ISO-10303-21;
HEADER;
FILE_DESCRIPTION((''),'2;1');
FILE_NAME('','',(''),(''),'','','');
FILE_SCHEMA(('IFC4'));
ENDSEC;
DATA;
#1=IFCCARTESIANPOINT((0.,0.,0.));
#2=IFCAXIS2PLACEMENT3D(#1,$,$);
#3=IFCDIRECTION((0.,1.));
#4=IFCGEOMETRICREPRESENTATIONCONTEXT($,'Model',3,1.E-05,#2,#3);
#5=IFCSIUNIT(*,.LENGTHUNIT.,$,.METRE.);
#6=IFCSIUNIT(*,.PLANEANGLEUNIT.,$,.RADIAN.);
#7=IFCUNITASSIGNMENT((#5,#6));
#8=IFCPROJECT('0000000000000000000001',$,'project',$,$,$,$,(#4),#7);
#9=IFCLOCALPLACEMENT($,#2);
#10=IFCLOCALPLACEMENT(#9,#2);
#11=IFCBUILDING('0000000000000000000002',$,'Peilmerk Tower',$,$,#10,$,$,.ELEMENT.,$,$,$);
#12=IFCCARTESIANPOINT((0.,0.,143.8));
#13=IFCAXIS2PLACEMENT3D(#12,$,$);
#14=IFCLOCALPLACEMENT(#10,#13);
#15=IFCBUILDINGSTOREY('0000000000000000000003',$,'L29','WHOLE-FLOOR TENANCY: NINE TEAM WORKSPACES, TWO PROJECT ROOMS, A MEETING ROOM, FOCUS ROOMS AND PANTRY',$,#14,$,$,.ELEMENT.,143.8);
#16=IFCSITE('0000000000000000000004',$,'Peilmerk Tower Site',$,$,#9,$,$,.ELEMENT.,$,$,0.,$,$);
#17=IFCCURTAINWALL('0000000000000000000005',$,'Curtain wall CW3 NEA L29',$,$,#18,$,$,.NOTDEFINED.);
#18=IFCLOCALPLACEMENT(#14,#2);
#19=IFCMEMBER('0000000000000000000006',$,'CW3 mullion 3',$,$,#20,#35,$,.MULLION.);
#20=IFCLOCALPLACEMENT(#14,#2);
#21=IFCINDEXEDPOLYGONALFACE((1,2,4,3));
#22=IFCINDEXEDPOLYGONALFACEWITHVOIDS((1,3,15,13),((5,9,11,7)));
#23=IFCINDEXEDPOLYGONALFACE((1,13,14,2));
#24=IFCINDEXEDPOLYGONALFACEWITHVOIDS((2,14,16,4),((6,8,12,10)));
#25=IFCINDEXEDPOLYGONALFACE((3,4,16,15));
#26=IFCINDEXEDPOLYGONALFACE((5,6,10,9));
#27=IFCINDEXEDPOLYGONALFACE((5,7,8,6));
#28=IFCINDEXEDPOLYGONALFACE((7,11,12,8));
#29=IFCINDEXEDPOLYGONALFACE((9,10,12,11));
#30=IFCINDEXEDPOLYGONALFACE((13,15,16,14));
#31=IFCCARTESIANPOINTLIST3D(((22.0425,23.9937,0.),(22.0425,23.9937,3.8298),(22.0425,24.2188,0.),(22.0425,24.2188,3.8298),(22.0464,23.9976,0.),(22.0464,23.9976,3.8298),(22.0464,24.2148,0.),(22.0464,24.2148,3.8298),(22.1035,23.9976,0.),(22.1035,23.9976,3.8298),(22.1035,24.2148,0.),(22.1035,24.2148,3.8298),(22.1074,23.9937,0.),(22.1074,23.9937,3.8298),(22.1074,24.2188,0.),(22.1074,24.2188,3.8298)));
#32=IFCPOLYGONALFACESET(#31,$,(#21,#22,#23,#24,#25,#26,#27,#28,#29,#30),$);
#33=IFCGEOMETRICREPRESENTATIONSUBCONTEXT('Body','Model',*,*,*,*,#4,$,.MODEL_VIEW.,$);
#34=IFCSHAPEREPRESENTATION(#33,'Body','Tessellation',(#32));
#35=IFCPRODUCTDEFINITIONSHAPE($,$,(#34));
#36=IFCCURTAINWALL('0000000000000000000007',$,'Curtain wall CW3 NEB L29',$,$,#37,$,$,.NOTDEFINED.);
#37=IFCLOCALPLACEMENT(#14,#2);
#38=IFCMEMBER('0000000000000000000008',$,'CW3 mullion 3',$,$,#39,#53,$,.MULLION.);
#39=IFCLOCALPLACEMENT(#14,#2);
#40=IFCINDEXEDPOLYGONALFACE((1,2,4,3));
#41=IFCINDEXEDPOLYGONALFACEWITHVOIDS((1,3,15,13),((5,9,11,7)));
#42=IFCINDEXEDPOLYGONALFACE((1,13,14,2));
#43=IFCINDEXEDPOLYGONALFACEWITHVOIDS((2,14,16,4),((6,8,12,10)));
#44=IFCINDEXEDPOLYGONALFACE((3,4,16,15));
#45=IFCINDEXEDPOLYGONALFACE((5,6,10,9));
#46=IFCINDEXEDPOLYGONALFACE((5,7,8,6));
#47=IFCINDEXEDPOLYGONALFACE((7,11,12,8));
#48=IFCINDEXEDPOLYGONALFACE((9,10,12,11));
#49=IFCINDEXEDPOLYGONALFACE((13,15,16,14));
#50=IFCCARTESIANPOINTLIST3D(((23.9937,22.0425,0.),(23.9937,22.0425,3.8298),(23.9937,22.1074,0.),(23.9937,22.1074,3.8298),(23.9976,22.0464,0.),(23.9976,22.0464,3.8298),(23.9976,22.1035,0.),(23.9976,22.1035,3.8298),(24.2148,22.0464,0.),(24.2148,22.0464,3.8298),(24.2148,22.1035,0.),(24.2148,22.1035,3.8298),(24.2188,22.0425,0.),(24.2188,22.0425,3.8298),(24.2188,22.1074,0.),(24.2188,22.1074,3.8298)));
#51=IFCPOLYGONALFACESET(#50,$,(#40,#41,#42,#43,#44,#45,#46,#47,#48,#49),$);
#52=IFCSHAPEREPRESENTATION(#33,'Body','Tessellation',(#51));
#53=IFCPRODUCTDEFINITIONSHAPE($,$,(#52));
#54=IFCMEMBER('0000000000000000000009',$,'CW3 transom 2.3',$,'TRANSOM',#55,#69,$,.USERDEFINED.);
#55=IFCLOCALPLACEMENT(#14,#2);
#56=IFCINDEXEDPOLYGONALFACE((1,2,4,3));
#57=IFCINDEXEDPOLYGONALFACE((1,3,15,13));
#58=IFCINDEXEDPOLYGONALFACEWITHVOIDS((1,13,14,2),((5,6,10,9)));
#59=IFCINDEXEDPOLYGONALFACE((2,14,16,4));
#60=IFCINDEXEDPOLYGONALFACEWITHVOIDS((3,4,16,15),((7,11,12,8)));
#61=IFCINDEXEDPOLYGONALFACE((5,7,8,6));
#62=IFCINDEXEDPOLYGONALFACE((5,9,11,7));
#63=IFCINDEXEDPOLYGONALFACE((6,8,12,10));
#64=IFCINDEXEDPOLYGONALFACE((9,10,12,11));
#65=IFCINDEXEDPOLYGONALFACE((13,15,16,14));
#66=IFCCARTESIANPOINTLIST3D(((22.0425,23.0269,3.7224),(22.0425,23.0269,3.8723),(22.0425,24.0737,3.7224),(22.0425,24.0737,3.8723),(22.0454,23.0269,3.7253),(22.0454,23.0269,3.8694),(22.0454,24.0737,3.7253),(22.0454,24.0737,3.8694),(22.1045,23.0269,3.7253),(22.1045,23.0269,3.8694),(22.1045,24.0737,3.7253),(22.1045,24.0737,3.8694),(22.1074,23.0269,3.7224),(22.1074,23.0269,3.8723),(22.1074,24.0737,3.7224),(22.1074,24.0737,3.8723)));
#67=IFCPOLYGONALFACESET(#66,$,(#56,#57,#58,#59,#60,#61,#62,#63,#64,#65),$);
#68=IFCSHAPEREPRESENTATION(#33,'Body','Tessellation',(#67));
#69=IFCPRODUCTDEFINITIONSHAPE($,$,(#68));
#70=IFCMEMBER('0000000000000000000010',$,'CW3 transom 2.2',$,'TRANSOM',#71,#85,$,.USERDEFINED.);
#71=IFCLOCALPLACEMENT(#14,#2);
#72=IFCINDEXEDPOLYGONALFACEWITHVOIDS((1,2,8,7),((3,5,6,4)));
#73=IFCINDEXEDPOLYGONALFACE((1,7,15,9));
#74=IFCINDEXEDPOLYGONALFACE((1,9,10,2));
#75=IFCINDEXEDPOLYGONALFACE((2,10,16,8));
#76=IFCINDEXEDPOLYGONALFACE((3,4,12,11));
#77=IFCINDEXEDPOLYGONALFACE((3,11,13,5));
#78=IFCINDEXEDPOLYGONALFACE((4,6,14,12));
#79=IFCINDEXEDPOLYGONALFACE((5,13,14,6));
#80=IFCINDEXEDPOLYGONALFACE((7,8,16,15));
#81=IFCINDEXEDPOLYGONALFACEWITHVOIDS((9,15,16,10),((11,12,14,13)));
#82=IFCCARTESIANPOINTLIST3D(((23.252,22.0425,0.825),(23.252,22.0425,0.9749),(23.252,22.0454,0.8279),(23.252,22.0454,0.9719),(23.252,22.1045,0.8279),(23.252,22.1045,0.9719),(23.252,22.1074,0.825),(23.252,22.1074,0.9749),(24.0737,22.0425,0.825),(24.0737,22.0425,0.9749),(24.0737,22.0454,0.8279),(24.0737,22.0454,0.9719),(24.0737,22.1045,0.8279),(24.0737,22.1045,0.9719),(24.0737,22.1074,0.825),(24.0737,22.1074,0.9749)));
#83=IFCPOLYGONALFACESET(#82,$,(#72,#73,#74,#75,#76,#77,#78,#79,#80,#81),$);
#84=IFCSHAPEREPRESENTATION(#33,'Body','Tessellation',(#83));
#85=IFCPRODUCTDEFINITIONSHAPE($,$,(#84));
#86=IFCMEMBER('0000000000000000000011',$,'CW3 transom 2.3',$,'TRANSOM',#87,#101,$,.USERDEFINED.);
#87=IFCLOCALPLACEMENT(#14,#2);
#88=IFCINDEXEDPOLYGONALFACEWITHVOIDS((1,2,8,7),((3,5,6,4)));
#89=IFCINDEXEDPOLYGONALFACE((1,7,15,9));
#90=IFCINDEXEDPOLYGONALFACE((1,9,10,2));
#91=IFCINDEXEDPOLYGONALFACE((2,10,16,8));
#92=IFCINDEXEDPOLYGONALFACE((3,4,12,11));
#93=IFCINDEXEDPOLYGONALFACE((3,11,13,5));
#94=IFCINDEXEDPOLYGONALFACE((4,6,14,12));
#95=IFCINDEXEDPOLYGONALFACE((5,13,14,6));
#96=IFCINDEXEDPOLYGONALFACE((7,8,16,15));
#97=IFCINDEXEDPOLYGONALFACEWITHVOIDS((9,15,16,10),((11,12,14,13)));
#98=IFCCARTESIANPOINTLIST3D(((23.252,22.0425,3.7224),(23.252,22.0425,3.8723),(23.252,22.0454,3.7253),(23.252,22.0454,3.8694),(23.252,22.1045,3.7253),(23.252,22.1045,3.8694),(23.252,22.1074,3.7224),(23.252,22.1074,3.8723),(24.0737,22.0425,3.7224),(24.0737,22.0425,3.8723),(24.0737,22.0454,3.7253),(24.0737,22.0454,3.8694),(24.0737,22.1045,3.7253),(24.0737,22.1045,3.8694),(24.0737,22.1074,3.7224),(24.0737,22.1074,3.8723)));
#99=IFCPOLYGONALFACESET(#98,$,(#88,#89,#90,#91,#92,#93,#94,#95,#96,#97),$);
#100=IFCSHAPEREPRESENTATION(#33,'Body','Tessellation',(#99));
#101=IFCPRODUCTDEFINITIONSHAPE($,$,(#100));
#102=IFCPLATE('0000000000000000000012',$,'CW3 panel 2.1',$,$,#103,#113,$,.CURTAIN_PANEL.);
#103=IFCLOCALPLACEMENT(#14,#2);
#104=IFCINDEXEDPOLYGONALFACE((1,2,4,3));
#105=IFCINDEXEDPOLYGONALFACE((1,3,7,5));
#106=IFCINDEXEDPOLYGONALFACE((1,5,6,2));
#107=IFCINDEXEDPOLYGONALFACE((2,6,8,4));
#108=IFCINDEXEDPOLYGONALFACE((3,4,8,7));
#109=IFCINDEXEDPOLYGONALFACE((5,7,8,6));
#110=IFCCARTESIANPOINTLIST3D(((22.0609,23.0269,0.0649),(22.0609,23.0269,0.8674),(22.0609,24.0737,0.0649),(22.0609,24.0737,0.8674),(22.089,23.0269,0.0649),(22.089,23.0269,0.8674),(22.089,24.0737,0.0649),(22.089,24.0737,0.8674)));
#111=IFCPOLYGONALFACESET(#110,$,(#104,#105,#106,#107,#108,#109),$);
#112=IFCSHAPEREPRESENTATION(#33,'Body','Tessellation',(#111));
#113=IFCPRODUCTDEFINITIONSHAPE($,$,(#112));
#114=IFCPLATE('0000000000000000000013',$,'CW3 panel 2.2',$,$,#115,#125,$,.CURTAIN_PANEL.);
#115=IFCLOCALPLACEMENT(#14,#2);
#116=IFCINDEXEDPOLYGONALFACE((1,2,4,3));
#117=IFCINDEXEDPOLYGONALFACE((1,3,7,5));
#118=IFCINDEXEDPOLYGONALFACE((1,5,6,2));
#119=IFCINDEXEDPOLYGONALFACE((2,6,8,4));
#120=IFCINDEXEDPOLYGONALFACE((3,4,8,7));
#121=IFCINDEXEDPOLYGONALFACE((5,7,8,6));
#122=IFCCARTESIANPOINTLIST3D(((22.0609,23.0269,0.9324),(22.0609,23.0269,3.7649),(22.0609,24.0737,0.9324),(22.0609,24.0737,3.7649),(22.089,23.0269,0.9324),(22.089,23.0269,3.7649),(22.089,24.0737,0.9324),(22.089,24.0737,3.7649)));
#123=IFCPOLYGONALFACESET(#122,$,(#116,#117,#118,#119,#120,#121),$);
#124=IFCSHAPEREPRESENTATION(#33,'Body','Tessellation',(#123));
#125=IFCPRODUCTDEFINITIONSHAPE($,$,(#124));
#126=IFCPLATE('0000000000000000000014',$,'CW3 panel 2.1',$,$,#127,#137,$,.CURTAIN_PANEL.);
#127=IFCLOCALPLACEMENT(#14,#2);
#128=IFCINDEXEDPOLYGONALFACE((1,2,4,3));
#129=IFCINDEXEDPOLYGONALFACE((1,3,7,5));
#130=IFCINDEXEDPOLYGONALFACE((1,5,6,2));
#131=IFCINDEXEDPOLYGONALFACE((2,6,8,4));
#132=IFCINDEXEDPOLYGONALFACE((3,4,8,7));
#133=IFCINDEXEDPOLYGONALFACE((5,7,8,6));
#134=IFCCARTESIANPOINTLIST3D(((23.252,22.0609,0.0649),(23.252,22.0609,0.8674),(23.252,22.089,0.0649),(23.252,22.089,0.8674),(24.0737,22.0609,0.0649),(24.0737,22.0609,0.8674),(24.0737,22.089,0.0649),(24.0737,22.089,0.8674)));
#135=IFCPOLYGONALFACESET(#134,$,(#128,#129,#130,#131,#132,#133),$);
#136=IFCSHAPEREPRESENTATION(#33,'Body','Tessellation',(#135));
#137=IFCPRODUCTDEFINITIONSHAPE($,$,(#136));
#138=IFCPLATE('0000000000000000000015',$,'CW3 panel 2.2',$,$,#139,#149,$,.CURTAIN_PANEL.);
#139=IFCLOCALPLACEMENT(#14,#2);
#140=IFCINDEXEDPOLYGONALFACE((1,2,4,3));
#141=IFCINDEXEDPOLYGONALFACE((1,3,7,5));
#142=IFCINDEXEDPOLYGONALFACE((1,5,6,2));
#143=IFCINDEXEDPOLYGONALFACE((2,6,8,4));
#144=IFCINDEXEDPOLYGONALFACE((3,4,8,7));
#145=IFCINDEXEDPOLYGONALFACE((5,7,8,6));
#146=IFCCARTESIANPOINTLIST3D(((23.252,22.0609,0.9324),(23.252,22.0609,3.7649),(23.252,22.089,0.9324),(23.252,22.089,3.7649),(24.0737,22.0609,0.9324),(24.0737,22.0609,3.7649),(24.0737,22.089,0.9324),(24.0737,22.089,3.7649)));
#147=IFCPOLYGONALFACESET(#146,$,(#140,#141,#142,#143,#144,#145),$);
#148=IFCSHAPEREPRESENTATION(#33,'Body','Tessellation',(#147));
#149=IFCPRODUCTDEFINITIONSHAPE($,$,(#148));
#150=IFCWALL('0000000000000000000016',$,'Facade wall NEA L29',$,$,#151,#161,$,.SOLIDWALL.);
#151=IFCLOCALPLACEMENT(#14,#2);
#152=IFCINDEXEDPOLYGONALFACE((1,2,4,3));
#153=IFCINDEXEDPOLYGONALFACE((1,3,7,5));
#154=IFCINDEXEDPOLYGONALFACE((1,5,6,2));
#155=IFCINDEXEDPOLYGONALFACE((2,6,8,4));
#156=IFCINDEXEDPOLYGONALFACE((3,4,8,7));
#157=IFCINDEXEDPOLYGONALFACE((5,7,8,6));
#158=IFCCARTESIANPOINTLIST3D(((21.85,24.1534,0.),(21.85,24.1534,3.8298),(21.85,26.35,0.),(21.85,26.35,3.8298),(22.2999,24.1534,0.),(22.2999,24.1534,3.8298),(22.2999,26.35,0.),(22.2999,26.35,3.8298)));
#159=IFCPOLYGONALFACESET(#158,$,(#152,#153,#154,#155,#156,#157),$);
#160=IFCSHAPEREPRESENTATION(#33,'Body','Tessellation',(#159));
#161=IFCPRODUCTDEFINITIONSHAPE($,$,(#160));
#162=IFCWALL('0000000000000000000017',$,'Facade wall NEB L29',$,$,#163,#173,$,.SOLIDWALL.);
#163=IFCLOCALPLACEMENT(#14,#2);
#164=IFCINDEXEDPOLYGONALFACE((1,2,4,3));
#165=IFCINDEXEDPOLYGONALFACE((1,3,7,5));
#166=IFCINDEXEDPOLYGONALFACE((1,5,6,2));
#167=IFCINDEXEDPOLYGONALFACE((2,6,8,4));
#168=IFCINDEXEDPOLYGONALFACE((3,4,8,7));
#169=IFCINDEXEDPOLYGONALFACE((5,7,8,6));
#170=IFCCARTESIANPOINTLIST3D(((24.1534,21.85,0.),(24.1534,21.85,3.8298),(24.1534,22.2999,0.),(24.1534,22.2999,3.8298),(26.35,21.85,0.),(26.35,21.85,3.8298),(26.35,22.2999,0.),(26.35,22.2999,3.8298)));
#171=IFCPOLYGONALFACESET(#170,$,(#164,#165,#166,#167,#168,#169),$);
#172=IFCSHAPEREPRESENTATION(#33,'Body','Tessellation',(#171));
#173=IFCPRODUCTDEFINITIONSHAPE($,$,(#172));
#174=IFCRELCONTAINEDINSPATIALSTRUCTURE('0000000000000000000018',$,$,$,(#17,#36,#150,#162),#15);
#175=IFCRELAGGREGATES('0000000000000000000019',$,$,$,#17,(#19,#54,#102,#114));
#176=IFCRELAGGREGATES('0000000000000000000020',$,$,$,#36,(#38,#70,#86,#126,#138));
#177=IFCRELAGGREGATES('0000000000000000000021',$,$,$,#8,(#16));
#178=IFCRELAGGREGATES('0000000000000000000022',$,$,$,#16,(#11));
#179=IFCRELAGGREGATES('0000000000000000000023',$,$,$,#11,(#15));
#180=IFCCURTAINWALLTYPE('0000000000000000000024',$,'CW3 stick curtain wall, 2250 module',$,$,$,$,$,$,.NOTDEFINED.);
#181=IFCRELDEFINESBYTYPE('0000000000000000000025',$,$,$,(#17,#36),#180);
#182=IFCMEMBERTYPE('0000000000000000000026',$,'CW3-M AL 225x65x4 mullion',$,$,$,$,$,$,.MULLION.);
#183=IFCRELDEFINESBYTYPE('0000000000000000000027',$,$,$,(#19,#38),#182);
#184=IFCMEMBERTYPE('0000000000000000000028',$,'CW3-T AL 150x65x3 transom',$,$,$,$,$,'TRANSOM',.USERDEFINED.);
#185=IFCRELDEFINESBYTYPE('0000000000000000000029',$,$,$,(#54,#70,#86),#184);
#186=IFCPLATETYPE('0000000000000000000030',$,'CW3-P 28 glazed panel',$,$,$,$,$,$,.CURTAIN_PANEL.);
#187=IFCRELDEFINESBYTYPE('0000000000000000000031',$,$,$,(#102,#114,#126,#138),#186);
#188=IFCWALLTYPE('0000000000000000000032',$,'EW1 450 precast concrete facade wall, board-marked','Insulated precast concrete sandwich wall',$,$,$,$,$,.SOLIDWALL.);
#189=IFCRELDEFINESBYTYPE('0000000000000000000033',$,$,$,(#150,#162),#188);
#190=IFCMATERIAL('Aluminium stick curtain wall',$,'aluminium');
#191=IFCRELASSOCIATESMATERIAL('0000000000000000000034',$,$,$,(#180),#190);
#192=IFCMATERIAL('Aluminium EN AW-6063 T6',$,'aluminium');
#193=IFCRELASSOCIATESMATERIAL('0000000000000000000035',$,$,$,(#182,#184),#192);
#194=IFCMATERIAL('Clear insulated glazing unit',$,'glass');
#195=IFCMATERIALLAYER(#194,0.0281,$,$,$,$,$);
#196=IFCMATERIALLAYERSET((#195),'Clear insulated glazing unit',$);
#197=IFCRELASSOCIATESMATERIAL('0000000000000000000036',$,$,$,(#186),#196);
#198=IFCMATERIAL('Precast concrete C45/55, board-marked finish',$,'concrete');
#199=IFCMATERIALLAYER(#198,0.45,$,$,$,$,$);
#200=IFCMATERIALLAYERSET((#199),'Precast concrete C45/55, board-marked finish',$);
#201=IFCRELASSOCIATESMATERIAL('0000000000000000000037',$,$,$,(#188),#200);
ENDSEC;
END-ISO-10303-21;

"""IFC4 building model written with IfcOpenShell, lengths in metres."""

from ifc_helpers import new_model, si_unit, direction, frame, frame_2d, origin, origin_2d, place, context, subcontext, project, spatial, rectangle, hollow_rectangle, extrude, material, layer, layer_set, material_profile, profile_set, type_object, element, aggregate, save


model = new_model("IFC4")

# Units and contexts
model_context = context("Model", 3, precision=1e-05, world=origin(), true_north=direction((0.0, 1.0)))
body_context = subcontext(model_context, "Body", "Model", "MODEL_VIEW")
ifc_project = project(units=[si_unit("LENGTHUNIT", "METRE"), si_unit("PLANEANGLEUNIT", "RADIAN")], contexts=[model_context])

# Site, building, storey
site_placement = place(None, origin())
site = spatial("IfcSite", under=ifc_project, at=site_placement, Name="Peilmerk Tower Site", CompositionType="ELEMENT", RefElevation=0.0)
building_placement = place(site_placement, origin())
building = spatial("IfcBuilding", under=site, at=building_placement, Name="Peilmerk Tower", CompositionType="ELEMENT")
storey_placement = place(building_placement, frame((0.0, 0.0, 143.8)))
storey = spatial("IfcBuildingStorey", under=building, at=storey_placement, Name="L29", Description="WHOLE-FLOOR TENANCY: NINE TEAM WORKSPACES, TWO PROJECT ROOMS, A MEETING ROOM, FOCUS ROOMS AND PANTRY", CompositionType="ELEMENT", Elevation=143.8)

# Curtain walls, members
ifc_material_1 = material(Name="Aluminium stick curtain wall", Category="aluminium")
curtain_wall_type = type_object("IfcCurtainWallType", Name="CW3 stick curtain wall, 2250 module", PredefinedType="NOTDEFINED", material=ifc_material_1)
curtain_wall_1_placement = place(storey_placement, origin())
curtain_wall_1 = element("IfcCurtainWall", 1, at=curtain_wall_1_placement, inside=storey, type_object=curtain_wall_type, Name="Curtain wall CW3 NEA L29", PredefinedType="NOTDEFINED")
ifc_material_2 = material(Name="Aluminium EN AW-6063 T6", Category="aluminium")
ifc_material_profile_1 = material_profile(ifc_material_2, hollow_rectangle(XDim=0.0649, YDim=0.2251, WallThickness=0.0039, at=origin_2d()), Name="AL 225x65x4")
ifc_profile_set_1 = profile_set([ifc_material_profile_1], Name="Aluminium EN AW-6063 T6")
member_type_1 = type_object("IfcMemberType", Name="CW3-M AL 225x65x4 mullion", PredefinedType="MULLION", material=ifc_profile_set_1)
member_1_placement = place(storey_placement, frame((22.075, 24.1062, 0.0), z_axis=(0.0, 0.0, 1.0), x_axis=(-1.0, 0.0, 0.0)))
member_1 = element("IfcMember", 2, at=member_1_placement, type_object=member_type_1, Name="CW3 mullion 3", PredefinedType="MULLION", context=body_context, shape_type="SweptSolid", body=[
    extrude(hollow_rectangle(XDim=0.0649, YDim=0.2251, WallThickness=0.0039, at=origin_2d()), origin(), (0.0, 0.0, 1.0), 3.8298),
])
curtain_wall_2_placement = place(storey_placement, origin())
curtain_wall_2 = element("IfcCurtainWall", 3, at=curtain_wall_2_placement, inside=storey, type_object=curtain_wall_type, Name="Curtain wall CW3 NEB L29", PredefinedType="NOTDEFINED")
member_2_placement = place(storey_placement, frame((24.1062, 22.075, 0.0), z_axis=(0.0, 0.0, 1.0), x_axis=(0.0, 1.0, 0.0)))
member_2 = element("IfcMember", 4, at=member_2_placement, type_object=member_type_1, Name="CW3 mullion 3", PredefinedType="MULLION", context=body_context, shape_type="SweptSolid", body=[
    extrude(hollow_rectangle(XDim=0.0649, YDim=0.2251, WallThickness=0.0039, at=origin_2d()), origin(), (0.0, 0.0, 1.0), 3.8298),
])

# Members
ifc_material_profile_2 = material_profile(ifc_material_2, hollow_rectangle(XDim=0.0649, YDim=0.1499, WallThickness=0.0029, at=origin_2d()), Name="AL 150x65x3")
ifc_profile_set_2 = profile_set([ifc_material_profile_2], Name="Aluminium EN AW-6063 T6")
member_type_2 = type_object("IfcMemberType", Name="CW3-T AL 150x65x3 transom", ElementType="TRANSOM", PredefinedType="USERDEFINED", material=ifc_profile_set_2)
member_3_placement = place(storey_placement, frame((22.075, 23.0269, 3.7974), z_axis=(0.0, 1.0, 0.0), x_axis=(-1.0, 0.0, 0.0)))
member_3 = element("IfcMember", 5, at=member_3_placement, type_object=member_type_2, Name="CW3 transom 2.3", ObjectType="TRANSOM", PredefinedType="USERDEFINED", context=body_context, shape_type="SweptSolid", body=[
    extrude(hollow_rectangle(XDim=0.0649, YDim=0.1499, WallThickness=0.0029, at=origin_2d()), origin(), (0.0, 0.0, 1.0), 1.0469),
])
member_4_placement = place(storey_placement, frame((23.252, 22.075, 0.8999), z_axis=(1.0, 0.0, 0.0), x_axis=(0.0, 1.0, 0.0)))
member_4 = element("IfcMember", 6, at=member_4_placement, type_object=member_type_2, Name="CW3 transom 2.2", ObjectType="TRANSOM", PredefinedType="USERDEFINED", context=body_context, shape_type="SweptSolid", body=[
    extrude(hollow_rectangle(XDim=0.0649, YDim=0.1499, WallThickness=0.0029, at=origin_2d()), origin(), (0.0, 0.0, 1.0), 0.8218),
])
member_5_placement = place(storey_placement, frame((23.252, 22.075, 3.7974), z_axis=(1.0, 0.0, 0.0), x_axis=(0.0, 1.0, 0.0)))
member_5 = element("IfcMember", 7, at=member_5_placement, type_object=member_type_2, Name="CW3 transom 2.3", ObjectType="TRANSOM", PredefinedType="USERDEFINED", context=body_context, shape_type="SweptSolid", body=[
    extrude(hollow_rectangle(XDim=0.0649, YDim=0.1499, WallThickness=0.0029, at=origin_2d()), origin(), (0.0, 0.0, 1.0), 0.8218),
])

# Plates
ifc_material_3 = material(Name="Clear insulated glazing unit", Category="glass")
ifc_layer_1 = layer(ifc_material_3, 0.0281)
ifc_layer_set_1 = layer_set([ifc_layer_1], Name="Clear insulated glazing unit")
plate_type = type_object("IfcPlateType", Name="CW3-P 28 glazed panel", PredefinedType="CURTAIN_PANEL", material=ifc_layer_set_1)
plate_1_placement = place(storey_placement, frame((22.075, 23.5503, 0.0649), z_axis=(0.0, 0.0, 1.0), x_axis=(0.0, 1.0, 0.0)))
plate_1 = element("IfcPlate", 8, at=plate_1_placement, type_object=plate_type, Name="CW3 panel 2.1", PredefinedType="CURTAIN_PANEL", context=body_context, shape_type="SweptSolid", body=[
    extrude(rectangle(XDim=1.0469, YDim=0.0281, at=origin_2d()), origin(), (0.0, 0.0, 1.0), 0.8025),
])
plate_2_placement = place(storey_placement, frame((22.075, 23.5503, 0.9324), z_axis=(0.0, 0.0, 1.0), x_axis=(0.0, 1.0, 0.0)))
plate_2 = element("IfcPlate", 9, at=plate_2_placement, type_object=plate_type, Name="CW3 panel 2.2", PredefinedType="CURTAIN_PANEL", context=body_context, shape_type="SweptSolid", body=[
    extrude(rectangle(XDim=1.0469, YDim=0.0281, at=origin_2d()), origin(), (0.0, 0.0, 1.0), 2.8325),
])
aggregate(curtain_wall_1, [member_1, member_3, plate_1, plate_2])
plate_3_placement = place(storey_placement, frame((23.6628, 22.075, 0.0649), z_axis=(0.0, 0.0, 1.0), x_axis=(1.0, 0.0, 0.0)))
plate_3 = element("IfcPlate", 10, at=plate_3_placement, type_object=plate_type, Name="CW3 panel 2.1", PredefinedType="CURTAIN_PANEL", context=body_context, shape_type="SweptSolid", body=[
    extrude(rectangle(XDim=0.8218, YDim=0.0281, at=origin_2d()), origin(), (0.0, 0.0, 1.0), 0.8025),
])
plate_4_placement = place(storey_placement, frame((23.6628, 22.075, 0.9324), z_axis=(0.0, 0.0, 1.0), x_axis=(1.0, 0.0, 0.0)))
plate_4 = element("IfcPlate", 11, at=plate_4_placement, type_object=plate_type, Name="CW3 panel 2.2", PredefinedType="CURTAIN_PANEL", context=body_context, shape_type="SweptSolid", body=[
    extrude(rectangle(XDim=0.8218, YDim=0.0281, at=origin_2d()), origin(), (0.0, 0.0, 1.0), 2.8325),
])
aggregate(curtain_wall_2, [member_2, member_4, member_5, plate_3, plate_4])

# Shared definitions
ifc_material_4 = material(Name="Precast concrete C45/55, board-marked finish", Category="concrete")
ifc_layer_2 = layer(ifc_material_4, 0.45)
ifc_layer_set_2 = layer_set([ifc_layer_2], Name="Precast concrete C45/55, board-marked finish")
wall_type = type_object("IfcWallType", Name="EW1 450 precast concrete facade wall, board-marked", Description="Insulated precast concrete sandwich wall", PredefinedType="SOLIDWALL", material=ifc_layer_set_2)

# Walls
for number, where, z_axis, x_axis, name in (
    (12, (22.075, 24.1536, 0.0), (0.0, 0.0, 1.0), (0.0, 1.0, 0.0), "Facade wall NEA L29"),
    (13, (24.1536, 22.075, 0.0), (0.0, 0.0, 1.0), (1.0, 0.0, 0.0), "Facade wall NEB L29"),
):
    element("IfcWall", number, at=place(storey_placement, frame(where, z_axis=z_axis, x_axis=x_axis)), inside=storey, type_object=wall_type, Name=name, PredefinedType="SOLIDWALL", context=body_context, shape_type="SweptSolid", body=[
        extrude(rectangle(XDim=2.1965, YDim=0.45, at=frame_2d((1.0981, 0.0))), origin(), (0.0, 0.0, 1.0), 3.8298),
    ])

save(model, "model.ifc")
